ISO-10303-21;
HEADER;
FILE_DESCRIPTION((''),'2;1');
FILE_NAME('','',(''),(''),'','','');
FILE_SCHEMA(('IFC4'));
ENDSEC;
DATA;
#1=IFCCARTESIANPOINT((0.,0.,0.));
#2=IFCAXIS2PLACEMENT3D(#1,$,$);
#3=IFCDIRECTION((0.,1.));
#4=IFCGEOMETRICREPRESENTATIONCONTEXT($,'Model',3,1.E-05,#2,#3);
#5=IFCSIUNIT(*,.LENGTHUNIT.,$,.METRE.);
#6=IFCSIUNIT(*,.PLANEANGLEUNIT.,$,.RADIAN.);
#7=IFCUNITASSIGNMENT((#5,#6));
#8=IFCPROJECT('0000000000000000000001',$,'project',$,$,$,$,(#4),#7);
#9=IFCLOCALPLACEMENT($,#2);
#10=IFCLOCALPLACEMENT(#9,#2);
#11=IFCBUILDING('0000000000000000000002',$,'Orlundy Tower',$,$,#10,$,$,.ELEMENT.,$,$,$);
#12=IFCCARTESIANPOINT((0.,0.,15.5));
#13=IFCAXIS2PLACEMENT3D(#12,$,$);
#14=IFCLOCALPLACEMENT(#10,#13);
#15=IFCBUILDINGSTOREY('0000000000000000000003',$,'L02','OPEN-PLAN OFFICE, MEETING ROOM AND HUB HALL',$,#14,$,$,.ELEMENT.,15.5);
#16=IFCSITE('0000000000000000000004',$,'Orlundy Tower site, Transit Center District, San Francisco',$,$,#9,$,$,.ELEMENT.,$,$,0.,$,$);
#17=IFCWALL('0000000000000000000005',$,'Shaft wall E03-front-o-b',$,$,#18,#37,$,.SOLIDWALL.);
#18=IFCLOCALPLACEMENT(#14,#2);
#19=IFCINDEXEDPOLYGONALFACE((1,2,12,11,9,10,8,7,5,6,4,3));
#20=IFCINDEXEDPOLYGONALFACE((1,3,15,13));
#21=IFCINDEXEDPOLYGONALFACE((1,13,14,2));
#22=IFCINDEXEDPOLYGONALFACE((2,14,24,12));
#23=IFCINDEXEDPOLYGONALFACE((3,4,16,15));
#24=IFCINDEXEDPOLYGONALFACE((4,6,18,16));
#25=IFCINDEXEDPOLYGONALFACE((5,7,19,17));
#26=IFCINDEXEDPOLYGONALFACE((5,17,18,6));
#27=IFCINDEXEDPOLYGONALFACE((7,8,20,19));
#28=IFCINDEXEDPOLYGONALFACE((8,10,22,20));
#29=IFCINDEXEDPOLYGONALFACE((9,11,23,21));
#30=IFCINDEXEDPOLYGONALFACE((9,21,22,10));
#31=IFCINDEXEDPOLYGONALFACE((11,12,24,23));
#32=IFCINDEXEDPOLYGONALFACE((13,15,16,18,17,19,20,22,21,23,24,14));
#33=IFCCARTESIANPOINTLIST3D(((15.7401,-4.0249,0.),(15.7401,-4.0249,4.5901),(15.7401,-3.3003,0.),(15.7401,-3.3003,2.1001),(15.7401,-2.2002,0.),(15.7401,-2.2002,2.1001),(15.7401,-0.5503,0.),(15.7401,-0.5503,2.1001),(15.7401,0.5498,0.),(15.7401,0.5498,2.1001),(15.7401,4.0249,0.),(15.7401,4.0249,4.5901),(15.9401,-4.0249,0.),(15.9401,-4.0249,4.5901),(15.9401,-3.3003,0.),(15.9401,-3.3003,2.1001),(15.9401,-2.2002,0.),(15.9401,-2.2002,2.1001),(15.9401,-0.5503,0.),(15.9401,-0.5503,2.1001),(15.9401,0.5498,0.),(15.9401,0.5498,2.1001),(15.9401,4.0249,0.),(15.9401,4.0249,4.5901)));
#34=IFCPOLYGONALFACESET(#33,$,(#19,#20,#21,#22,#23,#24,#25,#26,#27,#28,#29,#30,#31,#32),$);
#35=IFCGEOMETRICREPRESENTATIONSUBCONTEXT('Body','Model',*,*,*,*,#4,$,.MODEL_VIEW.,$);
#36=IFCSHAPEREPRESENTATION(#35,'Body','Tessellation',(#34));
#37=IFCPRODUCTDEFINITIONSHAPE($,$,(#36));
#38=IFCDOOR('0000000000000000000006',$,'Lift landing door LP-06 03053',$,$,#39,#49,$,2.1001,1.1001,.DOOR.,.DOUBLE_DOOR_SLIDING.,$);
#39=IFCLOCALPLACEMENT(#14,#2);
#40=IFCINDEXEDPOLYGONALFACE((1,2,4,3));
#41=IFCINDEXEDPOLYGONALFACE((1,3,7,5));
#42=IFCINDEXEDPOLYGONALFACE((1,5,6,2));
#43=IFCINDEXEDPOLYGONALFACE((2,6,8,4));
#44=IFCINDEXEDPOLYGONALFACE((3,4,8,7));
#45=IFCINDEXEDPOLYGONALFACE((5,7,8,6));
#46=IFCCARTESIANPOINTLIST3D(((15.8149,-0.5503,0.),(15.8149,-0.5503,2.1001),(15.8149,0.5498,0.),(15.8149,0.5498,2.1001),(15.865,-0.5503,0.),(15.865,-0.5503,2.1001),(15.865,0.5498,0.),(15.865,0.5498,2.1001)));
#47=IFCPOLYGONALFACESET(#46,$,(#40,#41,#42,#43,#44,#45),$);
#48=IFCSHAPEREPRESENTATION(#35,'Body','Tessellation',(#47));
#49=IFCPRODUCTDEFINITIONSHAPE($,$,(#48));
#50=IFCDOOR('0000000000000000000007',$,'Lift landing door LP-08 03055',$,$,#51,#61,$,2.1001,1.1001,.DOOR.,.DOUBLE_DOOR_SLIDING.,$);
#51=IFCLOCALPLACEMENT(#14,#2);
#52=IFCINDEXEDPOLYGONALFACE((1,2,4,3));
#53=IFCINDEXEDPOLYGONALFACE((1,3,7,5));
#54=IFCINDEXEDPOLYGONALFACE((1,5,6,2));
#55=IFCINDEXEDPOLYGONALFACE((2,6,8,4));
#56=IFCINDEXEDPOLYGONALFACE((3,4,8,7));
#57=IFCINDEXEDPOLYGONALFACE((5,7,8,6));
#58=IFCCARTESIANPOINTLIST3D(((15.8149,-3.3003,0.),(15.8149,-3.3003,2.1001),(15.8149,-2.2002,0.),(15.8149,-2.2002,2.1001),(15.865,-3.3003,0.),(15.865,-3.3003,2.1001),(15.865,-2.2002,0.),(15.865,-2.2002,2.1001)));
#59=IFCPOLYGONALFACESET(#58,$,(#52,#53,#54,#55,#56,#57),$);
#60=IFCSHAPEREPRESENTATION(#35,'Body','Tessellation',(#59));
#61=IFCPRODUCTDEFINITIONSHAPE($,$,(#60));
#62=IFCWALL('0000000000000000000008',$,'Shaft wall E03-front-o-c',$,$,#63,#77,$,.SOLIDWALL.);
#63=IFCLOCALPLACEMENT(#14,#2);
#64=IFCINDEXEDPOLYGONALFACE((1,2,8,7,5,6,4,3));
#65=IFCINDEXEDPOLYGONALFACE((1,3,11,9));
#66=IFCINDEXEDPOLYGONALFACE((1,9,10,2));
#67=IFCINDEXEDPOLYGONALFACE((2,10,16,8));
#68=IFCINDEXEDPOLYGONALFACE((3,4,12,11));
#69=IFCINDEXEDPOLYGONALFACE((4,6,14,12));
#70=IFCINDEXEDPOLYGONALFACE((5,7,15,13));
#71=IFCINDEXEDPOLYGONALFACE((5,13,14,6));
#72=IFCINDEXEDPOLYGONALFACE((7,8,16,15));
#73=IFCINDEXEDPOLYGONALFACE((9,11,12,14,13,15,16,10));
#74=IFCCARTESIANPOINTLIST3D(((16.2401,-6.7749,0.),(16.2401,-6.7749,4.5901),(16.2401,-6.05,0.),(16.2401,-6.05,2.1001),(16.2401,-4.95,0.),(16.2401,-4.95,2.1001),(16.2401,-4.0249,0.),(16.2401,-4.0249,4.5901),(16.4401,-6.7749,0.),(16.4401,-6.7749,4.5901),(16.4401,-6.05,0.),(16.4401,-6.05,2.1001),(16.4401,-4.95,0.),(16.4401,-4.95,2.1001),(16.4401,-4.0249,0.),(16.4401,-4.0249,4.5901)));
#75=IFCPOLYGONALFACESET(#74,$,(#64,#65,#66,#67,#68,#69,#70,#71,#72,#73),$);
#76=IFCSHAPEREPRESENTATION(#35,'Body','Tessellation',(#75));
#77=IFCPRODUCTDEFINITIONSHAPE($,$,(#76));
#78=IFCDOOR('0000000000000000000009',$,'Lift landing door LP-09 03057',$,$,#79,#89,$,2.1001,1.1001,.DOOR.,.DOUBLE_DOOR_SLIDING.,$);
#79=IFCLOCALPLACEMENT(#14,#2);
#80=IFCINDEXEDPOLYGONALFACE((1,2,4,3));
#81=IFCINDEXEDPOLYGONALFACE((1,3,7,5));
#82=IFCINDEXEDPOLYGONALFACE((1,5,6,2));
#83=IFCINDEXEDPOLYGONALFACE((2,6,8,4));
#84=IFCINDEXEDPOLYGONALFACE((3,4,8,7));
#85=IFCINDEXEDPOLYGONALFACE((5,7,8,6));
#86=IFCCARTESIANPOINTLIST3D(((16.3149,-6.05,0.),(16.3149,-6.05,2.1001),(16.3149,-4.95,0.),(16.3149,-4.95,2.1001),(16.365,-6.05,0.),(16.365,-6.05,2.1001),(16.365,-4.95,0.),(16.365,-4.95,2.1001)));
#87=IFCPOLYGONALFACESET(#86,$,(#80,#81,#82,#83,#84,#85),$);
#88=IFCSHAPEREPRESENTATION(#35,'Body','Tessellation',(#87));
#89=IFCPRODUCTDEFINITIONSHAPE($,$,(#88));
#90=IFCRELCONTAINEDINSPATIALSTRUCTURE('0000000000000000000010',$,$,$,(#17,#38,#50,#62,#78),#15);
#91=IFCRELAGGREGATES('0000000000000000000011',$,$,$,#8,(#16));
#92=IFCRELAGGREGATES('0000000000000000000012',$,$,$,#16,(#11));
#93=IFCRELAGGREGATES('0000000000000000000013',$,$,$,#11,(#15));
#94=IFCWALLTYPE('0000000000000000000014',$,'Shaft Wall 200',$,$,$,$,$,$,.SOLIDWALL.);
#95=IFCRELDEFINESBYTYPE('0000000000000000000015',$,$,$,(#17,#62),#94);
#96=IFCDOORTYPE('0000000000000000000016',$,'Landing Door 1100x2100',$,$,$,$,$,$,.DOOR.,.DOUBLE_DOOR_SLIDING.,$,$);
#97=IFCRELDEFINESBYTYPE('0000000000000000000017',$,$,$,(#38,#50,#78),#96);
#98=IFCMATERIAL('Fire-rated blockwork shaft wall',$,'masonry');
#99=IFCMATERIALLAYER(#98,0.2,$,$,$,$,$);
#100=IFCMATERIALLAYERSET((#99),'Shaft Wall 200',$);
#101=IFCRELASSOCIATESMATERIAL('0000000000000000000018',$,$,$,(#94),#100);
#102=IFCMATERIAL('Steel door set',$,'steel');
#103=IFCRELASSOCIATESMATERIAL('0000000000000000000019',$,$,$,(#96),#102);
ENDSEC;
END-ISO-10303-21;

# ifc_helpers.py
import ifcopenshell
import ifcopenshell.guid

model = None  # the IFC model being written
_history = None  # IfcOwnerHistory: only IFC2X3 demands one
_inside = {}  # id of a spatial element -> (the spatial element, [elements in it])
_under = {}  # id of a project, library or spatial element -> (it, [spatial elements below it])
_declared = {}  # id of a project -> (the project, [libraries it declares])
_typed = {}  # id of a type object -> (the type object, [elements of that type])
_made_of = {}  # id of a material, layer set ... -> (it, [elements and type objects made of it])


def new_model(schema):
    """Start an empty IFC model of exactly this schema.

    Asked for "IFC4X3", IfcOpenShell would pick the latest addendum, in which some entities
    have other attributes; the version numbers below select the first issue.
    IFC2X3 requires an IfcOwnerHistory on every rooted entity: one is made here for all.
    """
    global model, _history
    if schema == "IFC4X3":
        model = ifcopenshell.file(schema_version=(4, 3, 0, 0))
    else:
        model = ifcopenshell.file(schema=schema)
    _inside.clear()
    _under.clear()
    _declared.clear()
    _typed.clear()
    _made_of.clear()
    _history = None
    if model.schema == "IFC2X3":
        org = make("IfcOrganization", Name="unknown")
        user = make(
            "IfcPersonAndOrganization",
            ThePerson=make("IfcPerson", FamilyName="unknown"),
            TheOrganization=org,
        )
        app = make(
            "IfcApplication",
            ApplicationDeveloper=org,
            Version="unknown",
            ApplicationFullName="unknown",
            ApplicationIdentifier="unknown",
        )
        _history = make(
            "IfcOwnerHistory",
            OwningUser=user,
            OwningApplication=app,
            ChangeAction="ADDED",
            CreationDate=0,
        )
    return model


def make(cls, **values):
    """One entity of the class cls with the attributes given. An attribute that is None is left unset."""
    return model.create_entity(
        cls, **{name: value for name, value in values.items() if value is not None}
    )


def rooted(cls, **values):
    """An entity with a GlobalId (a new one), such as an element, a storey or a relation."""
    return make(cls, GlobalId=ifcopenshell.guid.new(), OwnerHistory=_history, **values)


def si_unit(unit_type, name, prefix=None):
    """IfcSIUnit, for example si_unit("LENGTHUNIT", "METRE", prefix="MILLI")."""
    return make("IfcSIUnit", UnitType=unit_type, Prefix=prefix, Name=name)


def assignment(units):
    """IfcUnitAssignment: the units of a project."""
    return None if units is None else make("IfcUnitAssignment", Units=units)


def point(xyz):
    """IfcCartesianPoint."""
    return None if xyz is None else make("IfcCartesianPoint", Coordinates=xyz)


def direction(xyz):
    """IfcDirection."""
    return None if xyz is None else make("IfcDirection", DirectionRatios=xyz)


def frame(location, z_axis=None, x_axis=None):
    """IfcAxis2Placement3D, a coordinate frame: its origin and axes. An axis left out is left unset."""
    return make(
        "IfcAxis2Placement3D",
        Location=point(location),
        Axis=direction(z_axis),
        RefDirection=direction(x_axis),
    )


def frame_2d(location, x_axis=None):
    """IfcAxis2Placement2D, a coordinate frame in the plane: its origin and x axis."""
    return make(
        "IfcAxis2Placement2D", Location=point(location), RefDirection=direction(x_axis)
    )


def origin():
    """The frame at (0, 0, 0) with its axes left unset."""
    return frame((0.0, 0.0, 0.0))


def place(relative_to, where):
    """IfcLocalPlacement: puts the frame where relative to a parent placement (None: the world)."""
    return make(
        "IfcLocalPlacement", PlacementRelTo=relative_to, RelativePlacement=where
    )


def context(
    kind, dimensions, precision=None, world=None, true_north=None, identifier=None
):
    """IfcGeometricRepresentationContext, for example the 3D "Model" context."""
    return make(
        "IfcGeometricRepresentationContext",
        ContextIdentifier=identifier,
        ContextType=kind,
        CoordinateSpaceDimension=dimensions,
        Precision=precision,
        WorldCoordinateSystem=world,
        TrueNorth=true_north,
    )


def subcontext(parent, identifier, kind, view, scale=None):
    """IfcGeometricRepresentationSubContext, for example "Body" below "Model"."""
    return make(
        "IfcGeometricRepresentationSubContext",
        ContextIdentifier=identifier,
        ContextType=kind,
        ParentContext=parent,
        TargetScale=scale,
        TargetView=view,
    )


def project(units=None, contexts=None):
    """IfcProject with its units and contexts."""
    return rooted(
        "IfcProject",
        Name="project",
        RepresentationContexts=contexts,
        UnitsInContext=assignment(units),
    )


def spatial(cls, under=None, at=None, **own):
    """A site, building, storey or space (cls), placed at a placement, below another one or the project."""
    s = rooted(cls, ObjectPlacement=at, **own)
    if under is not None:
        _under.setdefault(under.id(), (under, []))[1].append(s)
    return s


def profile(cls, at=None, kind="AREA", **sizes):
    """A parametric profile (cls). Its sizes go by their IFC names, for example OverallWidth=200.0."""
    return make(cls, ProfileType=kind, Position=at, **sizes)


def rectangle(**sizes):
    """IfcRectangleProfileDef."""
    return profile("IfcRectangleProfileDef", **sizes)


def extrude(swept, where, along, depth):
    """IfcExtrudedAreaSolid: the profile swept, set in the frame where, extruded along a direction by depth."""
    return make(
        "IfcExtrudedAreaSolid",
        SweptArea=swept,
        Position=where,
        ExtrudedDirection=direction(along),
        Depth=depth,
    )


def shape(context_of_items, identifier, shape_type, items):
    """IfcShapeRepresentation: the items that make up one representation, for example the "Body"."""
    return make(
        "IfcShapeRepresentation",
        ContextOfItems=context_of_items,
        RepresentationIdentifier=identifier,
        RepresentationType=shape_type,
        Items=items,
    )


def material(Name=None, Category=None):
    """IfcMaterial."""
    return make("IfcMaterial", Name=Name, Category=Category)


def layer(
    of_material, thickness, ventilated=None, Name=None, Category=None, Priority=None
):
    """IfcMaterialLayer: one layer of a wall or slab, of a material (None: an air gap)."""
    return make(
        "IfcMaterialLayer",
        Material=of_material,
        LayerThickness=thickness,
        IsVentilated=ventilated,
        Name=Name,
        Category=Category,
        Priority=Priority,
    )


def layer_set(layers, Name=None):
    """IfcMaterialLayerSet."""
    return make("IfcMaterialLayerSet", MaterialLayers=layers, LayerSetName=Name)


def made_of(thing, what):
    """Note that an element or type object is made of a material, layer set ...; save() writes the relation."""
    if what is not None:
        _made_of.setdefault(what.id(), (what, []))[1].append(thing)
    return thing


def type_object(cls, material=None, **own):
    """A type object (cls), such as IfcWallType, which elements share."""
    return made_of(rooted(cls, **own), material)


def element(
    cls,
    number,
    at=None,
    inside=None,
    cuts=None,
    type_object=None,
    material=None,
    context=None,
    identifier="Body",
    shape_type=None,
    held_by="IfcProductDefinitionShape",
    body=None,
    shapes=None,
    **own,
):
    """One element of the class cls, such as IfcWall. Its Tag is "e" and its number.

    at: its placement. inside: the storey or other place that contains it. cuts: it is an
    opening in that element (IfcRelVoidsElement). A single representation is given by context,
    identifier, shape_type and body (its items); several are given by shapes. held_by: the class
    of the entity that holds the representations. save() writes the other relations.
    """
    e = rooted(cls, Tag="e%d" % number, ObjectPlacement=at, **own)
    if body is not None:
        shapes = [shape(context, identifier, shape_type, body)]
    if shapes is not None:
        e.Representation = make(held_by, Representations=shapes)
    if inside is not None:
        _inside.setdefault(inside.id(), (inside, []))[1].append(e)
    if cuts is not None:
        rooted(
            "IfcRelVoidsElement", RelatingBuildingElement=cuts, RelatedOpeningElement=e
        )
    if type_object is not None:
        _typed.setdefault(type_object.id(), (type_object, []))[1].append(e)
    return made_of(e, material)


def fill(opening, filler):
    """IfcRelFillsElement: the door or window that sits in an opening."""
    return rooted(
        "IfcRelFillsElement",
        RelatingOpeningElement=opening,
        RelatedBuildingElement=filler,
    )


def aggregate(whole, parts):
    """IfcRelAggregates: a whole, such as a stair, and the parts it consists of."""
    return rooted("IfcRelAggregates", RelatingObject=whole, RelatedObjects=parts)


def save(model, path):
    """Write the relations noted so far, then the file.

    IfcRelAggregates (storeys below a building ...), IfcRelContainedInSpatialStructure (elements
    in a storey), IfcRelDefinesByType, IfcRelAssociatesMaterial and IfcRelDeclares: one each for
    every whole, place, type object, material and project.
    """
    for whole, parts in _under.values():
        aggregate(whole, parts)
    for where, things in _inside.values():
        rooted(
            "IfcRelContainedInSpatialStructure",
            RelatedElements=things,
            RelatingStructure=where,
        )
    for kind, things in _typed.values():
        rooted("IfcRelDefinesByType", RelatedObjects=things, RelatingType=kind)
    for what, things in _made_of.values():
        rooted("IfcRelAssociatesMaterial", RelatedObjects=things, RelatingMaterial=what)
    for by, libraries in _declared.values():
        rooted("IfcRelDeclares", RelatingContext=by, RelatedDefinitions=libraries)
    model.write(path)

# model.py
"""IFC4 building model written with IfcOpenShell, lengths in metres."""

from ifc_helpers import new_model, si_unit, direction, frame, frame_2d, origin, place, context, subcontext, project, spatial, rectangle, extrude, material, layer, layer_set, type_object, element, fill, save


model = new_model("IFC4")

# Units and contexts
model_context = context("Model", 3, precision=1e-05, world=origin(), true_north=direction((0.0, 1.0)))
body_context = subcontext(model_context, "Body", "Model", "MODEL_VIEW")
ifc_project = project(units=[si_unit("LENGTHUNIT", "METRE"), si_unit("PLANEANGLEUNIT", "RADIAN")], contexts=[model_context])

# Site, building, storey
site_placement = place(None, origin())
site = spatial("IfcSite", under=ifc_project, at=site_placement, Name="Orlundy Tower site, Transit Center District, San Francisco", CompositionType="ELEMENT", RefElevation=0.0)
building_placement = place(site_placement, origin())
building = spatial("IfcBuilding", under=site, at=building_placement, Name="Orlundy Tower", CompositionType="ELEMENT")
storey_placement = place(building_placement, frame((0.0, 0.0, 15.5)))
storey = spatial("IfcBuildingStorey", under=building, at=storey_placement, Name="L02", Description="OPEN-PLAN OFFICE, MEETING ROOM AND HUB HALL", CompositionType="ELEMENT", Elevation=15.5)

# Shared definitions
ifc_material_1 = material(Name="Fire-rated blockwork shaft wall", Category="masonry")
ifc_layer_1 = layer(ifc_material_1, 0.2)
ifc_layer_set_1 = layer_set([ifc_layer_1], Name="Shaft Wall 200")
wall_type_1 = type_object("IfcWallType", Name="Shaft Wall 200", PredefinedType="SOLIDWALL", material=ifc_layer_set_1)

# Wall, openings, doors
wall_1_placement = place(storey_placement, frame((15.8401, 4.0249, 0.0), z_axis=(0.0, 0.0, 1.0), x_axis=(0.0, -1.0, 0.0)))
wall_1 = element("IfcWall", 1, at=wall_1_placement, inside=storey, type_object=wall_type_1, Name="Shaft wall E03-front-o-b", PredefinedType="SOLIDWALL", context=body_context, shape_type="SweptSolid", body=[
    extrude(rectangle(XDim=8.0498, YDim=0.2, at=frame_2d((4.0249, 0.0))), origin(), (0.0, 0.0, 1.0), 4.5901),
])
opening_1_placement = place(wall_1_placement, frame((3.4751, 0.0, 0.0)))
opening_1 = element("IfcOpeningElement", 2, at=opening_1_placement, cuts=wall_1, PredefinedType="OPENING", context=body_context, shape_type="SweptSolid", body=[
    extrude(rectangle(XDim=1.1001, YDim=2.1001, at=frame_2d((0.55, 1.05))), frame((0.0, 0.1101, 0.0), z_axis=(0.0, -1.0, 0.0), x_axis=(1.0, 0.0, 0.0)), (0.0, 0.0, 1.0), 0.2202),
])
opening_2_placement = place(wall_1_placement, frame((6.2251, 0.0, 0.0)))
opening_2 = element("IfcOpeningElement", 3, at=opening_2_placement, cuts=wall_1, PredefinedType="OPENING", context=body_context, shape_type="SweptSolid", body=[
    extrude(rectangle(XDim=1.1001, YDim=2.1001, at=frame_2d((0.55, 1.05))), frame((0.0, 0.1101, 0.0), z_axis=(0.0, -1.0, 0.0), x_axis=(1.0, 0.0, 0.0)), (0.0, 0.0, 1.0), 0.2202),
])
ifc_material_2 = material(Name="Steel door set", Category="steel")
door_type_1 = type_object("IfcDoorType", Name="Landing Door 1100x2100", OperationType="DOUBLE_DOOR_SLIDING", PredefinedType="DOOR", material=ifc_material_2)
door_1_placement = place(opening_1_placement, origin())
door_1 = element("IfcDoor", 4, at=door_1_placement, inside=storey, type_object=door_type_1, Name="Lift landing door LP-06 03053", OperationType="DOUBLE_DOOR_SLIDING", OverallHeight=2.1001, OverallWidth=1.1001, PredefinedType="DOOR", context=body_context, shape_type="SweptSolid", body=[
    extrude(rectangle(XDim=1.1001, YDim=2.1001, at=frame_2d((0.55, 1.05))), frame((0.0, 0.0249, 0.0), z_axis=(0.0, -1.0, 0.0), x_axis=(1.0, 0.0, 0.0)), (0.0, 0.0, 1.0), 0.05),
])
fill(opening_1, door_1)
door_2_placement = place(opening_2_placement, origin())
door_2 = element("IfcDoor", 5, at=door_2_placement, inside=storey, type_object=door_type_1, Name="Lift landing door LP-08 03055", OperationType="DOUBLE_DOOR_SLIDING", OverallHeight=2.1001, OverallWidth=1.1001, PredefinedType="DOOR", context=body_context, shape_type="SweptSolid", body=[
    extrude(rectangle(XDim=1.1001, YDim=2.1001, at=frame_2d((0.55, 1.05))), frame((0.0, 0.0249, 0.0), z_axis=(0.0, -1.0, 0.0), x_axis=(1.0, 0.0, 0.0)), (0.0, 0.0, 1.0), 0.05),
])
fill(opening_2, door_2)

# Wall, opening, door
wall_2_placement = place(storey_placement, frame((16.3401, -4.0249, 0.0), z_axis=(0.0, 0.0, 1.0), x_axis=(0.0, -1.0, 0.0)))
wall_2 = element("IfcWall", 6, at=wall_2_placement, inside=storey, type_object=wall_type_1, Name="Shaft wall E03-front-o-c", PredefinedType="SOLIDWALL", context=body_context, shape_type="SweptSolid", body=[
    extrude(rectangle(XDim=2.75, YDim=0.2, at=frame_2d((1.375, 0.0))), origin(), (0.0, 0.0, 1.0), 4.5901),
])
opening_3_placement = place(wall_2_placement, frame((0.925, 0.0, 0.0)))
opening_3 = element("IfcOpeningElement", 7, at=opening_3_placement, cuts=wall_2, PredefinedType="OPENING", context=body_context, shape_type="SweptSolid", body=[
    extrude(rectangle(XDim=1.1001, YDim=2.1001, at=frame_2d((0.55, 1.05))), frame((0.0, 0.1101, 0.0), z_axis=(0.0, -1.0, 0.0), x_axis=(1.0, 0.0, 0.0)), (0.0, 0.0, 1.0), 0.2202),
])
door_3_placement = place(opening_3_placement, origin())
door_3 = element("IfcDoor", 8, at=door_3_placement, inside=storey, type_object=door_type_1, Name="Lift landing door LP-09 03057", OperationType="DOUBLE_DOOR_SLIDING", OverallHeight=2.1001, OverallWidth=1.1001, PredefinedType="DOOR", context=body_context, shape_type="SweptSolid", body=[
    extrude(rectangle(XDim=1.1001, YDim=2.1001, at=frame_2d((0.55, 1.05))), frame((0.0, 0.0249, 0.0), z_axis=(0.0, -1.0, 0.0), x_axis=(1.0, 0.0, 0.0)), (0.0, 0.0, 1.0), 0.05),
])
fill(opening_3, door_3)

save(model, "model.ifc")
